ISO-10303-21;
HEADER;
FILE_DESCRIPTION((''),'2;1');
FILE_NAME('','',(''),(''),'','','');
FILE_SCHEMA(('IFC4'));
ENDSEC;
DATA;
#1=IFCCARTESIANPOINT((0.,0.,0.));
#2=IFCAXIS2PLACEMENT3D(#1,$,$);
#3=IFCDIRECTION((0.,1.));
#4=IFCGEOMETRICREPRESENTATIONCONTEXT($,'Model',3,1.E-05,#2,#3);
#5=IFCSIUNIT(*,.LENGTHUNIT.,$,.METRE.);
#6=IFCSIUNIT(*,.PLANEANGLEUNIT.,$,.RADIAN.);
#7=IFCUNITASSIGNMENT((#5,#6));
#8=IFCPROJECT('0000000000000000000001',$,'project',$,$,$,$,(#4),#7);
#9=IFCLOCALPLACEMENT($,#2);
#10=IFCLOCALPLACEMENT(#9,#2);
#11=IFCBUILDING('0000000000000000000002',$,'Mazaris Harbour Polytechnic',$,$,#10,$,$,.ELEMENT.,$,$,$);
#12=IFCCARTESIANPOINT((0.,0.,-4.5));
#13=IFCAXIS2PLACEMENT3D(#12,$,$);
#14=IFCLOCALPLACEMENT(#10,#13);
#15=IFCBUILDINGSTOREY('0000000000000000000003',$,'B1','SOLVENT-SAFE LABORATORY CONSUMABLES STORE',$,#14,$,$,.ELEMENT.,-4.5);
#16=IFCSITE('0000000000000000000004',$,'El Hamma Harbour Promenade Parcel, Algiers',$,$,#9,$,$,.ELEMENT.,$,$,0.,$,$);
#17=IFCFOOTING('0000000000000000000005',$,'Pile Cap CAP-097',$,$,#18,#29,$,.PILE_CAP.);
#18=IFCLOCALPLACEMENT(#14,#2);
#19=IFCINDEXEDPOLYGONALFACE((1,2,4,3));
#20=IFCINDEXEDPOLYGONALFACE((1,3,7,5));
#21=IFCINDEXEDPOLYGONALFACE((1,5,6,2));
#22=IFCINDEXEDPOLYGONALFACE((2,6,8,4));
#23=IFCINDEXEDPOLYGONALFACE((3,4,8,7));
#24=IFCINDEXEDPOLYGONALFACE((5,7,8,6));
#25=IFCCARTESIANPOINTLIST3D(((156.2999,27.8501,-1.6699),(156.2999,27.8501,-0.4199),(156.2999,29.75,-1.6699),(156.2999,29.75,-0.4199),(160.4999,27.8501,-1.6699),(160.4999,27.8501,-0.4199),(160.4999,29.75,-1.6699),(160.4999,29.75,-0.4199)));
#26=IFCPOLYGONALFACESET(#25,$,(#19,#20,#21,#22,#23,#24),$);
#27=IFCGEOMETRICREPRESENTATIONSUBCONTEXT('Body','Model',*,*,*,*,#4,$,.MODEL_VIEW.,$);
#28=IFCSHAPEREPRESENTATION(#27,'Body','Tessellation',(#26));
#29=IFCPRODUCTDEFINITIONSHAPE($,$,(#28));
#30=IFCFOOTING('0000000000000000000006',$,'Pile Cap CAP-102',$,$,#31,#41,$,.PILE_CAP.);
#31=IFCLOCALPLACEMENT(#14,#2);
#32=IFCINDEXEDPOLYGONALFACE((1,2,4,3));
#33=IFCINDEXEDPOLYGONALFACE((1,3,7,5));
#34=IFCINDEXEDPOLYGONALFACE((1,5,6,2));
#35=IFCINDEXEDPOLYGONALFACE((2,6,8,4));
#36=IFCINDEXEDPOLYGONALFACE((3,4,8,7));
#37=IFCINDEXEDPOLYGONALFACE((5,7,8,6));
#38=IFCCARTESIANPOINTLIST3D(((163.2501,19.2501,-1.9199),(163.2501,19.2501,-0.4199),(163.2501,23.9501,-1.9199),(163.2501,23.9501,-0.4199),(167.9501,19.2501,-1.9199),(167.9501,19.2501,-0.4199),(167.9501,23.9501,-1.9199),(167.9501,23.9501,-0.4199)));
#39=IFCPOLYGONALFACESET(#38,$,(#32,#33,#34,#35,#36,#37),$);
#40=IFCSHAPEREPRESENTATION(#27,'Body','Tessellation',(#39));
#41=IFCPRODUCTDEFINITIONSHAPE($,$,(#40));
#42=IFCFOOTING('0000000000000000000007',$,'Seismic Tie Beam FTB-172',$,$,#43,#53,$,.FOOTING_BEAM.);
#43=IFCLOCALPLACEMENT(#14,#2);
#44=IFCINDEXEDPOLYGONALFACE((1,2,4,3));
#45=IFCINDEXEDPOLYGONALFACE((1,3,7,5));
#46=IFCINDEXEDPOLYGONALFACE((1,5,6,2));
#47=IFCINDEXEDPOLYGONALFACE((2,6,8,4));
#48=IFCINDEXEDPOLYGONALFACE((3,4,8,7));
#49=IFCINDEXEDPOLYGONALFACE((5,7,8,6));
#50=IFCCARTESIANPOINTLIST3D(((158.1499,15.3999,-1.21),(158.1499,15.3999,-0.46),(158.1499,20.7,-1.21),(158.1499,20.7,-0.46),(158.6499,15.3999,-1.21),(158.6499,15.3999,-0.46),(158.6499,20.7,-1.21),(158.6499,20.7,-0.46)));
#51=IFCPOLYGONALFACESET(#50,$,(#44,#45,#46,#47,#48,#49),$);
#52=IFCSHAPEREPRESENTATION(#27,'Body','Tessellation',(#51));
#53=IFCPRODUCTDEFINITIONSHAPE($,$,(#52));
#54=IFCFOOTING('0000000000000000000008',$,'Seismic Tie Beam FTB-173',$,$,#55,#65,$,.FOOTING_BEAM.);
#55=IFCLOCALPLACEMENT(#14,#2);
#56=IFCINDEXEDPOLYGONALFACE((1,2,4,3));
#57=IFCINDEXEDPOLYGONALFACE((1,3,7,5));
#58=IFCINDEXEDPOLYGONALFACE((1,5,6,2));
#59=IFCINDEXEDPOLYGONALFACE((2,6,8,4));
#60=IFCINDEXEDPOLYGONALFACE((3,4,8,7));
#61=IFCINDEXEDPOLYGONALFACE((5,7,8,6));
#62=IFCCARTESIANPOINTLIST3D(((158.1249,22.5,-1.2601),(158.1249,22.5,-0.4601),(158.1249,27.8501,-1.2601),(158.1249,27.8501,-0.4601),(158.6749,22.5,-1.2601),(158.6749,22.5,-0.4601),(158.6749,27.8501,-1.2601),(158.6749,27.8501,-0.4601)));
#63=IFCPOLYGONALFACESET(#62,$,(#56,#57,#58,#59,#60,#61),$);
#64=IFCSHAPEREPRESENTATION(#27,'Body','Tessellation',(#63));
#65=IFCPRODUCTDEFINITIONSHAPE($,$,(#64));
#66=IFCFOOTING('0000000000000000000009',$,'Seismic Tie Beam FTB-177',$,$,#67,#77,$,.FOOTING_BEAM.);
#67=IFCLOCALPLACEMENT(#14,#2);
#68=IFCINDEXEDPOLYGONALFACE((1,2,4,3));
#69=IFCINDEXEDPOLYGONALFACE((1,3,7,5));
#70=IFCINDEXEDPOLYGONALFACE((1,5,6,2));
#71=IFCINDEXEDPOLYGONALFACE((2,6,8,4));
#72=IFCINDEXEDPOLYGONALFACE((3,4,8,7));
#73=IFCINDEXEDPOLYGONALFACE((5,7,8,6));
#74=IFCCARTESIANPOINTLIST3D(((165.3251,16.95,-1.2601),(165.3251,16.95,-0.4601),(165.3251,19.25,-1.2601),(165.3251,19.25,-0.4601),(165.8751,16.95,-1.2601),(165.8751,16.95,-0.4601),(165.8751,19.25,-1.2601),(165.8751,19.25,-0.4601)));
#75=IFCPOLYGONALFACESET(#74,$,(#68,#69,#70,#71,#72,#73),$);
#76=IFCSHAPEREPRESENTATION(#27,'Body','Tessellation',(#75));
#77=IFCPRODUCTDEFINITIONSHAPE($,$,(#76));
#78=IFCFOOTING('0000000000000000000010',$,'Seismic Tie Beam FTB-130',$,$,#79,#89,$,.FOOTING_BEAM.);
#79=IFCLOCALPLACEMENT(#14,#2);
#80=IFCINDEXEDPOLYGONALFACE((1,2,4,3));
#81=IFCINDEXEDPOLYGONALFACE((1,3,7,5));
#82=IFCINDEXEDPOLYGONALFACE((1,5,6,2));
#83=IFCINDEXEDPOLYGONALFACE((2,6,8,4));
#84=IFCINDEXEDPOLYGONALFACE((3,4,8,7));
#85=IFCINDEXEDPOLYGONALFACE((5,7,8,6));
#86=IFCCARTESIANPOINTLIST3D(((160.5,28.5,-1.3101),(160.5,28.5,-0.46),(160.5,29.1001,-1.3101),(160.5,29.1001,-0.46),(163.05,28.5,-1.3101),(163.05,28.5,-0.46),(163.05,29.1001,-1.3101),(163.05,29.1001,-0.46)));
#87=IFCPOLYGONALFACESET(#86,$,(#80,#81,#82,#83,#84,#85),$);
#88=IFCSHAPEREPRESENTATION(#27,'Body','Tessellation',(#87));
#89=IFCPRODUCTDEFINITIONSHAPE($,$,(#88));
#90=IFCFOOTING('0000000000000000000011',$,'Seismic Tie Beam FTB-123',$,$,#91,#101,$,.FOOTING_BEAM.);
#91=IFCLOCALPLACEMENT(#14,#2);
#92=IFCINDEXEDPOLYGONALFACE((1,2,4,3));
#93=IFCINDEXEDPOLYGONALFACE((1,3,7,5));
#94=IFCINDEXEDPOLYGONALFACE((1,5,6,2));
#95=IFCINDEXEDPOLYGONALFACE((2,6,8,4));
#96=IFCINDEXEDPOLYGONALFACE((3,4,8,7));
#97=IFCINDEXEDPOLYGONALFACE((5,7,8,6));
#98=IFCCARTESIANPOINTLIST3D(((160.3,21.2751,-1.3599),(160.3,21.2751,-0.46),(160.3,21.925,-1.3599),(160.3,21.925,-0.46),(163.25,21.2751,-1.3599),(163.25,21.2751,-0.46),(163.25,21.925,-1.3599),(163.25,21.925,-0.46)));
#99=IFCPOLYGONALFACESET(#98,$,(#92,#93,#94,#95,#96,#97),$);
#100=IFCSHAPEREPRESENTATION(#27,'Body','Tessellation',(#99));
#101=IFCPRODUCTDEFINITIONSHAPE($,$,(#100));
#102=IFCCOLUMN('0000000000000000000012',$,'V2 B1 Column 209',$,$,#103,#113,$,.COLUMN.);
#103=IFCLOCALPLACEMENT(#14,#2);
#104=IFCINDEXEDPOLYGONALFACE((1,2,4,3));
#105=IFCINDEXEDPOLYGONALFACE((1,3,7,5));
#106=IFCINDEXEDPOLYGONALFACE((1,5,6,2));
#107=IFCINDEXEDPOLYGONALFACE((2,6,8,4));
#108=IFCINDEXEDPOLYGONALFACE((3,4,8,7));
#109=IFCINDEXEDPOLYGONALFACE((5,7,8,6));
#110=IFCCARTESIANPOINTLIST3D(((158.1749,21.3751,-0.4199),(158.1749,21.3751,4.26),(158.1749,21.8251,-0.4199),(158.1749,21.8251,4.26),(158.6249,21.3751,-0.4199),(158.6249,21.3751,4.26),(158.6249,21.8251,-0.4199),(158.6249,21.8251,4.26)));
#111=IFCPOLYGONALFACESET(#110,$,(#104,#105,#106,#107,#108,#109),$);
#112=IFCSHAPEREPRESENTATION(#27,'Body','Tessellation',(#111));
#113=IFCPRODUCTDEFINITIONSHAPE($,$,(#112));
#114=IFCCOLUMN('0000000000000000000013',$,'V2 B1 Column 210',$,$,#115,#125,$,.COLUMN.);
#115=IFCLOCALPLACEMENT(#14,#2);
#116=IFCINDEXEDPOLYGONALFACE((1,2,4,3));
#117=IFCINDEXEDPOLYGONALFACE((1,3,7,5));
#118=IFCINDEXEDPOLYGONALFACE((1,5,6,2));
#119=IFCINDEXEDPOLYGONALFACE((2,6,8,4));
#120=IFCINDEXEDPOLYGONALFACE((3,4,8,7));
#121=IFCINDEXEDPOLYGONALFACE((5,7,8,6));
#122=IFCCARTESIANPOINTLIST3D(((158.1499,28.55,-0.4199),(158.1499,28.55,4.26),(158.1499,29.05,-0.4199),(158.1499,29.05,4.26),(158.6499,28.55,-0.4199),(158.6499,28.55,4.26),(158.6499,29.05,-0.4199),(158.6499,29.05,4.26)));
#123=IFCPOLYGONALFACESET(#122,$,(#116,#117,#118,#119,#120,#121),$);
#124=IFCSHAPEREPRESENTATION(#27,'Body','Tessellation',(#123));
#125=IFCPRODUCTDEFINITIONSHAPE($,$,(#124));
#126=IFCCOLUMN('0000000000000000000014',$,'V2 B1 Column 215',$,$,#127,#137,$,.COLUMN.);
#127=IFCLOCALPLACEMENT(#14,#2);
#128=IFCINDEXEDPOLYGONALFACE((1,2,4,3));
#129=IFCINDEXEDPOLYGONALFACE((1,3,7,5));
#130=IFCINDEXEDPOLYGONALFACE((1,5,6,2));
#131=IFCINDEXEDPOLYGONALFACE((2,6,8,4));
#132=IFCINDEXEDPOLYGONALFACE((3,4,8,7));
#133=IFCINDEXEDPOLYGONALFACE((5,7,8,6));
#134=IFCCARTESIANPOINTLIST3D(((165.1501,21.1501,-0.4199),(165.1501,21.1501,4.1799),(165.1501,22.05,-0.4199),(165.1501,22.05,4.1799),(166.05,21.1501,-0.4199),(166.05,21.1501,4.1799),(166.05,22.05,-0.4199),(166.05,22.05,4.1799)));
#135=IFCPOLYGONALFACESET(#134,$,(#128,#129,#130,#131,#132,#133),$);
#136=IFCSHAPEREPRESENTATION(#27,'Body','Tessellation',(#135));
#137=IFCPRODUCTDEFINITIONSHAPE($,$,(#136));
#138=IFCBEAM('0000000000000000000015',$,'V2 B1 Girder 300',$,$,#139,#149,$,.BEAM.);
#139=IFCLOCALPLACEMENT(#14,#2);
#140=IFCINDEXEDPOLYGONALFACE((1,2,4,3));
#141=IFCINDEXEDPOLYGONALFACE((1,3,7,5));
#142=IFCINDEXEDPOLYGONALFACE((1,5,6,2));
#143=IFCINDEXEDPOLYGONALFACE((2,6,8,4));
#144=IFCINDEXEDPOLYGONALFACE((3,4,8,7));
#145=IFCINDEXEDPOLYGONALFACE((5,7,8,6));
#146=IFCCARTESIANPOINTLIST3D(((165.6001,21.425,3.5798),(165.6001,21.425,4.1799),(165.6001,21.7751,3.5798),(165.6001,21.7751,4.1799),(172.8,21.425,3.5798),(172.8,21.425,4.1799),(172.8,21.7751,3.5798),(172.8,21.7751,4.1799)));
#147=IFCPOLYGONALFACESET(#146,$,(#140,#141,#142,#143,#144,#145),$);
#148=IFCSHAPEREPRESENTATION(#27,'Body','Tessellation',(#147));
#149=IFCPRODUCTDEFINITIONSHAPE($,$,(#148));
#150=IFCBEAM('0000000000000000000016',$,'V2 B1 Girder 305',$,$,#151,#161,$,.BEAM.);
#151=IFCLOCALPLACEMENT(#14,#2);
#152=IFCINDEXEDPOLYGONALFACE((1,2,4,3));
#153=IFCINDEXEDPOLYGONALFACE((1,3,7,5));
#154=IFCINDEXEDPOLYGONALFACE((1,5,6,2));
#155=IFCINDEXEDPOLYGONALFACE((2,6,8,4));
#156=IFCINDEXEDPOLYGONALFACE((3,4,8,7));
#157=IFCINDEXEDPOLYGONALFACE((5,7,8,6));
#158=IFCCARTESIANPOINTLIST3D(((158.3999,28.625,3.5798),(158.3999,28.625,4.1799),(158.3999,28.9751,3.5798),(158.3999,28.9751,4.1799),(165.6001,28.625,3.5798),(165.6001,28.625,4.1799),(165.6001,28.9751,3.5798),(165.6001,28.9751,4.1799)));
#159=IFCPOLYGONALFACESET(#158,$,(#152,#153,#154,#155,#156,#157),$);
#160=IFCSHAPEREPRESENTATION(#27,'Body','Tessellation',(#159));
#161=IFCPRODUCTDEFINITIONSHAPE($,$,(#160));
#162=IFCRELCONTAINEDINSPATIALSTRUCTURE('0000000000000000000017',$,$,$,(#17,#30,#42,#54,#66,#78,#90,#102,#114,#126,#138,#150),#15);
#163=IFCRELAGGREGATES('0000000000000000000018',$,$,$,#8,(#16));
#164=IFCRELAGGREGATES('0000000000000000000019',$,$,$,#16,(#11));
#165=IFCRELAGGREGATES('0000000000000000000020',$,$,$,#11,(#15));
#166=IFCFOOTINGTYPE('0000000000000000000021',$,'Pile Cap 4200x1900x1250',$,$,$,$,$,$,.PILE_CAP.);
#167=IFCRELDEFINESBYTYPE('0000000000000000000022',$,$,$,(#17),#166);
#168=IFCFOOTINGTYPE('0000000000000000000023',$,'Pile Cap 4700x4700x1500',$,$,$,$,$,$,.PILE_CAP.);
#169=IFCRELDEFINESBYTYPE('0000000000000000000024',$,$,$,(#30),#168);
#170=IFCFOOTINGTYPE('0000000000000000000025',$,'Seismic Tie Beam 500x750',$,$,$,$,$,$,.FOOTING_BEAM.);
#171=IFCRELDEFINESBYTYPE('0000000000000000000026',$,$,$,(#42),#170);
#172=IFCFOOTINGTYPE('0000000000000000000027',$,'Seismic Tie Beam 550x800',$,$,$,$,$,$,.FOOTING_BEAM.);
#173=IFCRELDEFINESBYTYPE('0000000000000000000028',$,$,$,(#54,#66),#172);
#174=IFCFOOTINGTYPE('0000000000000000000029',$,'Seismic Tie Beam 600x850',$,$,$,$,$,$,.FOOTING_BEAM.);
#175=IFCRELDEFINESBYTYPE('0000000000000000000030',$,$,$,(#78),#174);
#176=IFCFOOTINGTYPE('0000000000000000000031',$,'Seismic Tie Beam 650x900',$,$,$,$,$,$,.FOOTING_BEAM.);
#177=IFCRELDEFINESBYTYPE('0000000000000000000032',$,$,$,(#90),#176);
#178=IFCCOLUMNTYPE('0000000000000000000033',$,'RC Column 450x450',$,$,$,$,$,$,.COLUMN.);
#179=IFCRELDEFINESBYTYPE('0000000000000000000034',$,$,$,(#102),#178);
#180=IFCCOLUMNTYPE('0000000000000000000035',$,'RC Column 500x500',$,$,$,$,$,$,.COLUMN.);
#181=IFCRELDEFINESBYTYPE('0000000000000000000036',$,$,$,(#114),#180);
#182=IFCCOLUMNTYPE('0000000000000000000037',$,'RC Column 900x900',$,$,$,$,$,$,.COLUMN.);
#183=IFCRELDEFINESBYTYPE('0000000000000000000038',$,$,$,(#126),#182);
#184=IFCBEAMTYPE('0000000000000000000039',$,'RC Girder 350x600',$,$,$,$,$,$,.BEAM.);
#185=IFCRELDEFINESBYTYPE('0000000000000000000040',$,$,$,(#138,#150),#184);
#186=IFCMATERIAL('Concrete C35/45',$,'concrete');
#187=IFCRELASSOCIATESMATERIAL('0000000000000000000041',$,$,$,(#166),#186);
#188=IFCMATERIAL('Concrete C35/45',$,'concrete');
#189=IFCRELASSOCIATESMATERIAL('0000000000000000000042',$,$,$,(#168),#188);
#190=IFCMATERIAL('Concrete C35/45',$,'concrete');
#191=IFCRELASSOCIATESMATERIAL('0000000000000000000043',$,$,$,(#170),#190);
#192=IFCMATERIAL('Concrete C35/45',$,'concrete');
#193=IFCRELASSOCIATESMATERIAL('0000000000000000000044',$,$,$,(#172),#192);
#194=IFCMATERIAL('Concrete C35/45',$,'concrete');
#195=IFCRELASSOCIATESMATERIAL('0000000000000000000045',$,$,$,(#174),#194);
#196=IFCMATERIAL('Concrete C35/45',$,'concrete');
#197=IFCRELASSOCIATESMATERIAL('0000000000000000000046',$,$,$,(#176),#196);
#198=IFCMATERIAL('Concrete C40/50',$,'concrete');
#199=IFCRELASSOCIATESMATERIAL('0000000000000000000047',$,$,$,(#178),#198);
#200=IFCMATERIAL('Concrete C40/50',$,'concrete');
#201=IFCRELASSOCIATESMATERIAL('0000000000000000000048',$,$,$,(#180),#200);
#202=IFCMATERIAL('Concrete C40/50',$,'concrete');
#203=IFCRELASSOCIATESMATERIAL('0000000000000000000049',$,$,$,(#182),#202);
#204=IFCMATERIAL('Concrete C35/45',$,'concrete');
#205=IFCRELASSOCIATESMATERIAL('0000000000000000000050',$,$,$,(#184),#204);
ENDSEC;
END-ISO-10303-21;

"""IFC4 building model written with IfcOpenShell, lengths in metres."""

from ifc_helpers import new_model, si_unit, direction, frame, origin, origin_2d, place, context, subcontext, project, spatial, rectangle, extrude, material, material_profile, profile_set, type_object, element, save


model = new_model("IFC4")

# Units and contexts
model_context = context("Model", 3, precision=1e-05, world=origin(), true_north=direction((0.0, 1.0)))
body_context = subcontext(model_context, "Body", "Model", "MODEL_VIEW")
ifc_project = project(units=[si_unit("LENGTHUNIT", "METRE"), si_unit("PLANEANGLEUNIT", "RADIAN")], contexts=[model_context])

# Site, building, storey
site_placement = place(None, origin())
site = spatial("IfcSite", under=ifc_project, at=site_placement, Name="El Hamma Harbour Promenade Parcel, Algiers", CompositionType="ELEMENT", RefElevation=0.0)
building_placement = place(site_placement, origin())
building = spatial("IfcBuilding", under=site, at=building_placement, Name="Mazaris Harbour Polytechnic", CompositionType="ELEMENT")
storey_placement = place(building_placement, frame((0.0, 0.0, -4.5)))
storey = spatial("IfcBuildingStorey", under=building, at=storey_placement, Name="B1", Description="SOLVENT-SAFE LABORATORY CONSUMABLES STORE", CompositionType="ELEMENT", Elevation=-4.5)

# Footings
ifc_material_1 = material(Name="Concrete C35/45", Category="concrete")
footing_type_1 = type_object("IfcFootingType", Name="Pile Cap 4200x1900x1250", PredefinedType="PILE_CAP", material=ifc_material_1)
footing_1_placement = place(storey_placement, frame((158.3999, 28.8, -1.6699), z_axis=(0.0, 0.0, 1.0), x_axis=(1.0, 0.0, 0.0)))
element("IfcFooting", 1, at=footing_1_placement, inside=storey, type_object=footing_type_1, Name="Pile Cap CAP-097", PredefinedType="PILE_CAP", context=body_context, shape_type="SweptSolid", body=[
    extrude(rectangle(XDim=4.2, YDim=1.8999, at=origin_2d()), origin(), (0.0, 0.0, 1.0), 1.25),
])
ifc_material_2 = material(Name="Concrete C35/45", Category="concrete")
footing_type_2 = type_object("IfcFootingType", Name="Pile Cap 4700x4700x1500", PredefinedType="PILE_CAP", material=ifc_material_2)
footing_2_placement = place(storey_placement, frame((165.6001, 21.6001, -1.9199), z_axis=(0.0, 0.0, 1.0), x_axis=(1.0, 0.0, 0.0)))
element("IfcFooting", 2, at=footing_2_placement, inside=storey, type_object=footing_type_2, Name="Pile Cap CAP-102", PredefinedType="PILE_CAP", context=body_context, shape_type="SweptSolid", body=[
    extrude(rectangle(XDim=4.7, YDim=4.7, at=origin_2d()), origin(), (0.0, 0.0, 1.0), 1.5),
])
ifc_material_3 = material(Name="Concrete C35/45", Category="concrete")
ifc_material_profile_1 = material_profile(ifc_material_3, rectangle(XDim=0.5, YDim=0.75, at=origin_2d()), Name="RECT500x750")
ifc_profile_set_1 = profile_set([ifc_material_profile_1], Name="Concrete C35/45")
footing_type_3 = type_object("IfcFootingType", Name="Seismic Tie Beam 500x750", PredefinedType="FOOTING_BEAM", material=ifc_profile_set_1)
footing_3_placement = place(storey_placement, frame((158.3999, 15.3999, -0.835), z_axis=(0.0, 1.0, 0.0), x_axis=(-1.0, 0.0, 0.0)))
element("IfcFooting", 3, at=footing_3_placement, inside=storey, type_object=footing_type_3, Name="Seismic Tie Beam FTB-172", PredefinedType="FOOTING_BEAM", context=body_context, shape_type="SweptSolid", body=[
    extrude(rectangle(XDim=0.5, YDim=0.75, at=origin_2d()), origin(), (0.0, 0.0, 1.0), 5.3),
])
ifc_material_4 = material(Name="Concrete C35/45", Category="concrete")
ifc_material_profile_2 = material_profile(ifc_material_4, rectangle(XDim=0.55, YDim=0.8, at=origin_2d()), Name="RECT550x800")
ifc_profile_set_2 = profile_set([ifc_material_profile_2], Name="Concrete C35/45")
footing_type_4 = type_object("IfcFootingType", Name="Seismic Tie Beam 550x800", PredefinedType="FOOTING_BEAM", material=ifc_profile_set_2)
footing_4_placement = place(storey_placement, frame((158.3999, 22.5, -0.8601), z_axis=(0.0, 1.0, 0.0), x_axis=(-1.0, 0.0, 0.0)))
element("IfcFooting", 4, at=footing_4_placement, inside=storey, type_object=footing_type_4, Name="Seismic Tie Beam FTB-173", PredefinedType="FOOTING_BEAM", context=body_context, shape_type="SweptSolid", body=[
    extrude(rectangle(XDim=0.55, YDim=0.8, at=origin_2d()), origin(), (0.0, 0.0, 1.0), 5.3501),
])
footing_5_placement = place(storey_placement, frame((165.6001, 16.95, -0.8601), z_axis=(0.0, 1.0, 0.0), x_axis=(-1.0, 0.0, 0.0)))
element("IfcFooting", 5, at=footing_5_placement, inside=storey, type_object=footing_type_4, Name="Seismic Tie Beam FTB-177", PredefinedType="FOOTING_BEAM", context=body_context, shape_type="SweptSolid", body=[
    extrude(rectangle(XDim=0.55, YDim=0.8, at=origin_2d()), origin(), (0.0, 0.0, 1.0), 2.3),
])
ifc_material_5 = material(Name="Concrete C35/45", Category="concrete")
ifc_material_profile_3 = material_profile(ifc_material_5, rectangle(XDim=0.6001, YDim=0.8501, at=origin_2d()), Name="RECT600x850")
ifc_profile_set_3 = profile_set([ifc_material_profile_3], Name="Concrete C35/45")
footing_type_5 = type_object("IfcFootingType", Name="Seismic Tie Beam 600x850", PredefinedType="FOOTING_BEAM", material=ifc_profile_set_3)
footing_6_placement = place(storey_placement, frame((160.5, 28.8, -0.885), z_axis=(1.0, 0.0, 0.0), x_axis=(0.0, 1.0, 0.0)))
element("IfcFooting", 6, at=footing_6_placement, inside=storey, type_object=footing_type_5, Name="Seismic Tie Beam FTB-130", PredefinedType="FOOTING_BEAM", context=body_context, shape_type="SweptSolid", body=[
    extrude(rectangle(XDim=0.6001, YDim=0.8501, at=origin_2d()), origin(), (0.0, 0.0, 1.0), 2.55),
])
ifc_material_6 = material(Name="Concrete C35/45", Category="concrete")
ifc_material_profile_4 = material_profile(ifc_material_6, rectangle(XDim=0.6499, YDim=0.8999, at=origin_2d()), Name="RECT650x900")
ifc_profile_set_4 = profile_set([ifc_material_profile_4], Name="Concrete C35/45")
footing_type_6 = type_object("IfcFootingType", Name="Seismic Tie Beam 650x900", PredefinedType="FOOTING_BEAM", material=ifc_profile_set_4)
footing_7_placement = place(storey_placement, frame((160.3, 21.6001, -0.9099), z_axis=(1.0, 0.0, 0.0), x_axis=(0.0, 1.0, 0.0)))
element("IfcFooting", 7, at=footing_7_placement, inside=storey, type_object=footing_type_6, Name="Seismic Tie Beam FTB-123", PredefinedType="FOOTING_BEAM", context=body_context, shape_type="SweptSolid", body=[
    extrude(rectangle(XDim=0.6499, YDim=0.8999, at=origin_2d()), origin(), (0.0, 0.0, 1.0), 2.95),
])

# Columns
ifc_material_7 = material(Name="Concrete C40/50", Category="concrete")
ifc_material_profile_5 = material_profile(ifc_material_7, rectangle(XDim=0.45, YDim=0.45, at=origin_2d()), Name="RECT450x450")
ifc_profile_set_5 = profile_set([ifc_material_profile_5], Name="Concrete C40/50")
column_type_1 = type_object("IfcColumnType", Name="RC Column 450x450", PredefinedType="COLUMN", material=ifc_profile_set_5)
column_1_placement = place(storey_placement, frame((158.3999, 21.6001, -0.4199), z_axis=(0.0, 0.0, 1.0), x_axis=(1.0, 0.0, 0.0)))
element("IfcColumn", 8, at=column_1_placement, inside=storey, type_object=column_type_1, Name="V2 B1 Column 209", PredefinedType="COLUMN", context=body_context, shape_type="SweptSolid", body=[
    extrude(rectangle(XDim=0.45, YDim=0.45, at=origin_2d()), origin(), (0.0, 0.0, 1.0), 4.6799),
])
ifc_material_8 = material(Name="Concrete C40/50", Category="concrete")
ifc_material_profile_6 = material_profile(ifc_material_8, rectangle(XDim=0.5, YDim=0.5, at=origin_2d()), Name="RECT500x500")
ifc_profile_set_6 = profile_set([ifc_material_profile_6], Name="Concrete C40/50")
column_type_2 = type_object("IfcColumnType", Name="RC Column 500x500", PredefinedType="COLUMN", material=ifc_profile_set_6)
column_2_placement = place(storey_placement, frame((158.3999, 28.8, -0.4199), z_axis=(0.0, 0.0, 1.0), x_axis=(1.0, 0.0, 0.0)))
element("IfcColumn", 9, at=column_2_placement, inside=storey, type_object=column_type_2, Name="V2 B1 Column 210", PredefinedType="COLUMN", context=body_context, shape_type="SweptSolid", body=[
    extrude(rectangle(XDim=0.5, YDim=0.5, at=origin_2d()), origin(), (0.0, 0.0, 1.0), 4.6799),
])
ifc_material_9 = material(Name="Concrete C40/50", Category="concrete")
ifc_material_profile_7 = material_profile(ifc_material_9, rectangle(XDim=0.8999, YDim=0.8999, at=origin_2d()), Name="RECT900x900")
ifc_profile_set_7 = profile_set([ifc_material_profile_7], Name="Concrete C40/50")
column_type_3 = type_object("IfcColumnType", Name="RC Column 900x900", PredefinedType="COLUMN", material=ifc_profile_set_7)
column_3_placement = place(storey_placement, frame((165.6001, 21.6001, -0.4199), z_axis=(0.0, 0.0, 1.0), x_axis=(1.0, 0.0, 0.0)))
element("IfcColumn", 10, at=column_3_placement, inside=storey, type_object=column_type_3, Name="V2 B1 Column 215", PredefinedType="COLUMN", context=body_context, shape_type="SweptSolid", body=[
    extrude(rectangle(XDim=0.8999, YDim=0.8999, at=origin_2d()), origin(), (0.0, 0.0, 1.0), 4.5999),
])

# Beams
ifc_material_10 = material(Name="Concrete C35/45", Category="concrete")
ifc_material_profile_8 = material_profile(ifc_material_10, rectangle(XDim=0.3501, YDim=0.6001, at=origin_2d()), Name="RECT350x600")
ifc_profile_set_8 = profile_set([ifc_material_profile_8], Name="Concrete C35/45")
beam_type_1 = type_object("IfcBeamType", Name="RC Girder 350x600", PredefinedType="BEAM", material=ifc_profile_set_8)
beam_1_placement = place(storey_placement, frame((165.6001, 21.6001, 3.8799), z_axis=(1.0, 0.0, 0.0), x_axis=(0.0, 1.0, 0.0)))
element("IfcBeam", 11, at=beam_1_placement, inside=storey, type_object=beam_type_1, Name="V2 B1 Girder 300", PredefinedType="BEAM", context=body_context, shape_type="SweptSolid", body=[
    extrude(rectangle(XDim=0.3501, YDim=0.6001, at=origin_2d()), origin(), (0.0, 0.0, 1.0), 7.2),
])
beam_2_placement = place(storey_placement, frame((158.3999, 28.8, 3.8799), z_axis=(1.0, 0.0, 0.0), x_axis=(0.0, 1.0, 0.0)))
element("IfcBeam", 12, at=beam_2_placement, inside=storey, type_object=beam_type_1, Name="V2 B1 Girder 305", PredefinedType="BEAM", context=body_context, shape_type="SweptSolid", body=[
    extrude(rectangle(XDim=0.3501, YDim=0.6001, at=origin_2d()), origin(), (0.0, 0.0, 1.0), 7.2002),
])

save(model, "model.ifc")
